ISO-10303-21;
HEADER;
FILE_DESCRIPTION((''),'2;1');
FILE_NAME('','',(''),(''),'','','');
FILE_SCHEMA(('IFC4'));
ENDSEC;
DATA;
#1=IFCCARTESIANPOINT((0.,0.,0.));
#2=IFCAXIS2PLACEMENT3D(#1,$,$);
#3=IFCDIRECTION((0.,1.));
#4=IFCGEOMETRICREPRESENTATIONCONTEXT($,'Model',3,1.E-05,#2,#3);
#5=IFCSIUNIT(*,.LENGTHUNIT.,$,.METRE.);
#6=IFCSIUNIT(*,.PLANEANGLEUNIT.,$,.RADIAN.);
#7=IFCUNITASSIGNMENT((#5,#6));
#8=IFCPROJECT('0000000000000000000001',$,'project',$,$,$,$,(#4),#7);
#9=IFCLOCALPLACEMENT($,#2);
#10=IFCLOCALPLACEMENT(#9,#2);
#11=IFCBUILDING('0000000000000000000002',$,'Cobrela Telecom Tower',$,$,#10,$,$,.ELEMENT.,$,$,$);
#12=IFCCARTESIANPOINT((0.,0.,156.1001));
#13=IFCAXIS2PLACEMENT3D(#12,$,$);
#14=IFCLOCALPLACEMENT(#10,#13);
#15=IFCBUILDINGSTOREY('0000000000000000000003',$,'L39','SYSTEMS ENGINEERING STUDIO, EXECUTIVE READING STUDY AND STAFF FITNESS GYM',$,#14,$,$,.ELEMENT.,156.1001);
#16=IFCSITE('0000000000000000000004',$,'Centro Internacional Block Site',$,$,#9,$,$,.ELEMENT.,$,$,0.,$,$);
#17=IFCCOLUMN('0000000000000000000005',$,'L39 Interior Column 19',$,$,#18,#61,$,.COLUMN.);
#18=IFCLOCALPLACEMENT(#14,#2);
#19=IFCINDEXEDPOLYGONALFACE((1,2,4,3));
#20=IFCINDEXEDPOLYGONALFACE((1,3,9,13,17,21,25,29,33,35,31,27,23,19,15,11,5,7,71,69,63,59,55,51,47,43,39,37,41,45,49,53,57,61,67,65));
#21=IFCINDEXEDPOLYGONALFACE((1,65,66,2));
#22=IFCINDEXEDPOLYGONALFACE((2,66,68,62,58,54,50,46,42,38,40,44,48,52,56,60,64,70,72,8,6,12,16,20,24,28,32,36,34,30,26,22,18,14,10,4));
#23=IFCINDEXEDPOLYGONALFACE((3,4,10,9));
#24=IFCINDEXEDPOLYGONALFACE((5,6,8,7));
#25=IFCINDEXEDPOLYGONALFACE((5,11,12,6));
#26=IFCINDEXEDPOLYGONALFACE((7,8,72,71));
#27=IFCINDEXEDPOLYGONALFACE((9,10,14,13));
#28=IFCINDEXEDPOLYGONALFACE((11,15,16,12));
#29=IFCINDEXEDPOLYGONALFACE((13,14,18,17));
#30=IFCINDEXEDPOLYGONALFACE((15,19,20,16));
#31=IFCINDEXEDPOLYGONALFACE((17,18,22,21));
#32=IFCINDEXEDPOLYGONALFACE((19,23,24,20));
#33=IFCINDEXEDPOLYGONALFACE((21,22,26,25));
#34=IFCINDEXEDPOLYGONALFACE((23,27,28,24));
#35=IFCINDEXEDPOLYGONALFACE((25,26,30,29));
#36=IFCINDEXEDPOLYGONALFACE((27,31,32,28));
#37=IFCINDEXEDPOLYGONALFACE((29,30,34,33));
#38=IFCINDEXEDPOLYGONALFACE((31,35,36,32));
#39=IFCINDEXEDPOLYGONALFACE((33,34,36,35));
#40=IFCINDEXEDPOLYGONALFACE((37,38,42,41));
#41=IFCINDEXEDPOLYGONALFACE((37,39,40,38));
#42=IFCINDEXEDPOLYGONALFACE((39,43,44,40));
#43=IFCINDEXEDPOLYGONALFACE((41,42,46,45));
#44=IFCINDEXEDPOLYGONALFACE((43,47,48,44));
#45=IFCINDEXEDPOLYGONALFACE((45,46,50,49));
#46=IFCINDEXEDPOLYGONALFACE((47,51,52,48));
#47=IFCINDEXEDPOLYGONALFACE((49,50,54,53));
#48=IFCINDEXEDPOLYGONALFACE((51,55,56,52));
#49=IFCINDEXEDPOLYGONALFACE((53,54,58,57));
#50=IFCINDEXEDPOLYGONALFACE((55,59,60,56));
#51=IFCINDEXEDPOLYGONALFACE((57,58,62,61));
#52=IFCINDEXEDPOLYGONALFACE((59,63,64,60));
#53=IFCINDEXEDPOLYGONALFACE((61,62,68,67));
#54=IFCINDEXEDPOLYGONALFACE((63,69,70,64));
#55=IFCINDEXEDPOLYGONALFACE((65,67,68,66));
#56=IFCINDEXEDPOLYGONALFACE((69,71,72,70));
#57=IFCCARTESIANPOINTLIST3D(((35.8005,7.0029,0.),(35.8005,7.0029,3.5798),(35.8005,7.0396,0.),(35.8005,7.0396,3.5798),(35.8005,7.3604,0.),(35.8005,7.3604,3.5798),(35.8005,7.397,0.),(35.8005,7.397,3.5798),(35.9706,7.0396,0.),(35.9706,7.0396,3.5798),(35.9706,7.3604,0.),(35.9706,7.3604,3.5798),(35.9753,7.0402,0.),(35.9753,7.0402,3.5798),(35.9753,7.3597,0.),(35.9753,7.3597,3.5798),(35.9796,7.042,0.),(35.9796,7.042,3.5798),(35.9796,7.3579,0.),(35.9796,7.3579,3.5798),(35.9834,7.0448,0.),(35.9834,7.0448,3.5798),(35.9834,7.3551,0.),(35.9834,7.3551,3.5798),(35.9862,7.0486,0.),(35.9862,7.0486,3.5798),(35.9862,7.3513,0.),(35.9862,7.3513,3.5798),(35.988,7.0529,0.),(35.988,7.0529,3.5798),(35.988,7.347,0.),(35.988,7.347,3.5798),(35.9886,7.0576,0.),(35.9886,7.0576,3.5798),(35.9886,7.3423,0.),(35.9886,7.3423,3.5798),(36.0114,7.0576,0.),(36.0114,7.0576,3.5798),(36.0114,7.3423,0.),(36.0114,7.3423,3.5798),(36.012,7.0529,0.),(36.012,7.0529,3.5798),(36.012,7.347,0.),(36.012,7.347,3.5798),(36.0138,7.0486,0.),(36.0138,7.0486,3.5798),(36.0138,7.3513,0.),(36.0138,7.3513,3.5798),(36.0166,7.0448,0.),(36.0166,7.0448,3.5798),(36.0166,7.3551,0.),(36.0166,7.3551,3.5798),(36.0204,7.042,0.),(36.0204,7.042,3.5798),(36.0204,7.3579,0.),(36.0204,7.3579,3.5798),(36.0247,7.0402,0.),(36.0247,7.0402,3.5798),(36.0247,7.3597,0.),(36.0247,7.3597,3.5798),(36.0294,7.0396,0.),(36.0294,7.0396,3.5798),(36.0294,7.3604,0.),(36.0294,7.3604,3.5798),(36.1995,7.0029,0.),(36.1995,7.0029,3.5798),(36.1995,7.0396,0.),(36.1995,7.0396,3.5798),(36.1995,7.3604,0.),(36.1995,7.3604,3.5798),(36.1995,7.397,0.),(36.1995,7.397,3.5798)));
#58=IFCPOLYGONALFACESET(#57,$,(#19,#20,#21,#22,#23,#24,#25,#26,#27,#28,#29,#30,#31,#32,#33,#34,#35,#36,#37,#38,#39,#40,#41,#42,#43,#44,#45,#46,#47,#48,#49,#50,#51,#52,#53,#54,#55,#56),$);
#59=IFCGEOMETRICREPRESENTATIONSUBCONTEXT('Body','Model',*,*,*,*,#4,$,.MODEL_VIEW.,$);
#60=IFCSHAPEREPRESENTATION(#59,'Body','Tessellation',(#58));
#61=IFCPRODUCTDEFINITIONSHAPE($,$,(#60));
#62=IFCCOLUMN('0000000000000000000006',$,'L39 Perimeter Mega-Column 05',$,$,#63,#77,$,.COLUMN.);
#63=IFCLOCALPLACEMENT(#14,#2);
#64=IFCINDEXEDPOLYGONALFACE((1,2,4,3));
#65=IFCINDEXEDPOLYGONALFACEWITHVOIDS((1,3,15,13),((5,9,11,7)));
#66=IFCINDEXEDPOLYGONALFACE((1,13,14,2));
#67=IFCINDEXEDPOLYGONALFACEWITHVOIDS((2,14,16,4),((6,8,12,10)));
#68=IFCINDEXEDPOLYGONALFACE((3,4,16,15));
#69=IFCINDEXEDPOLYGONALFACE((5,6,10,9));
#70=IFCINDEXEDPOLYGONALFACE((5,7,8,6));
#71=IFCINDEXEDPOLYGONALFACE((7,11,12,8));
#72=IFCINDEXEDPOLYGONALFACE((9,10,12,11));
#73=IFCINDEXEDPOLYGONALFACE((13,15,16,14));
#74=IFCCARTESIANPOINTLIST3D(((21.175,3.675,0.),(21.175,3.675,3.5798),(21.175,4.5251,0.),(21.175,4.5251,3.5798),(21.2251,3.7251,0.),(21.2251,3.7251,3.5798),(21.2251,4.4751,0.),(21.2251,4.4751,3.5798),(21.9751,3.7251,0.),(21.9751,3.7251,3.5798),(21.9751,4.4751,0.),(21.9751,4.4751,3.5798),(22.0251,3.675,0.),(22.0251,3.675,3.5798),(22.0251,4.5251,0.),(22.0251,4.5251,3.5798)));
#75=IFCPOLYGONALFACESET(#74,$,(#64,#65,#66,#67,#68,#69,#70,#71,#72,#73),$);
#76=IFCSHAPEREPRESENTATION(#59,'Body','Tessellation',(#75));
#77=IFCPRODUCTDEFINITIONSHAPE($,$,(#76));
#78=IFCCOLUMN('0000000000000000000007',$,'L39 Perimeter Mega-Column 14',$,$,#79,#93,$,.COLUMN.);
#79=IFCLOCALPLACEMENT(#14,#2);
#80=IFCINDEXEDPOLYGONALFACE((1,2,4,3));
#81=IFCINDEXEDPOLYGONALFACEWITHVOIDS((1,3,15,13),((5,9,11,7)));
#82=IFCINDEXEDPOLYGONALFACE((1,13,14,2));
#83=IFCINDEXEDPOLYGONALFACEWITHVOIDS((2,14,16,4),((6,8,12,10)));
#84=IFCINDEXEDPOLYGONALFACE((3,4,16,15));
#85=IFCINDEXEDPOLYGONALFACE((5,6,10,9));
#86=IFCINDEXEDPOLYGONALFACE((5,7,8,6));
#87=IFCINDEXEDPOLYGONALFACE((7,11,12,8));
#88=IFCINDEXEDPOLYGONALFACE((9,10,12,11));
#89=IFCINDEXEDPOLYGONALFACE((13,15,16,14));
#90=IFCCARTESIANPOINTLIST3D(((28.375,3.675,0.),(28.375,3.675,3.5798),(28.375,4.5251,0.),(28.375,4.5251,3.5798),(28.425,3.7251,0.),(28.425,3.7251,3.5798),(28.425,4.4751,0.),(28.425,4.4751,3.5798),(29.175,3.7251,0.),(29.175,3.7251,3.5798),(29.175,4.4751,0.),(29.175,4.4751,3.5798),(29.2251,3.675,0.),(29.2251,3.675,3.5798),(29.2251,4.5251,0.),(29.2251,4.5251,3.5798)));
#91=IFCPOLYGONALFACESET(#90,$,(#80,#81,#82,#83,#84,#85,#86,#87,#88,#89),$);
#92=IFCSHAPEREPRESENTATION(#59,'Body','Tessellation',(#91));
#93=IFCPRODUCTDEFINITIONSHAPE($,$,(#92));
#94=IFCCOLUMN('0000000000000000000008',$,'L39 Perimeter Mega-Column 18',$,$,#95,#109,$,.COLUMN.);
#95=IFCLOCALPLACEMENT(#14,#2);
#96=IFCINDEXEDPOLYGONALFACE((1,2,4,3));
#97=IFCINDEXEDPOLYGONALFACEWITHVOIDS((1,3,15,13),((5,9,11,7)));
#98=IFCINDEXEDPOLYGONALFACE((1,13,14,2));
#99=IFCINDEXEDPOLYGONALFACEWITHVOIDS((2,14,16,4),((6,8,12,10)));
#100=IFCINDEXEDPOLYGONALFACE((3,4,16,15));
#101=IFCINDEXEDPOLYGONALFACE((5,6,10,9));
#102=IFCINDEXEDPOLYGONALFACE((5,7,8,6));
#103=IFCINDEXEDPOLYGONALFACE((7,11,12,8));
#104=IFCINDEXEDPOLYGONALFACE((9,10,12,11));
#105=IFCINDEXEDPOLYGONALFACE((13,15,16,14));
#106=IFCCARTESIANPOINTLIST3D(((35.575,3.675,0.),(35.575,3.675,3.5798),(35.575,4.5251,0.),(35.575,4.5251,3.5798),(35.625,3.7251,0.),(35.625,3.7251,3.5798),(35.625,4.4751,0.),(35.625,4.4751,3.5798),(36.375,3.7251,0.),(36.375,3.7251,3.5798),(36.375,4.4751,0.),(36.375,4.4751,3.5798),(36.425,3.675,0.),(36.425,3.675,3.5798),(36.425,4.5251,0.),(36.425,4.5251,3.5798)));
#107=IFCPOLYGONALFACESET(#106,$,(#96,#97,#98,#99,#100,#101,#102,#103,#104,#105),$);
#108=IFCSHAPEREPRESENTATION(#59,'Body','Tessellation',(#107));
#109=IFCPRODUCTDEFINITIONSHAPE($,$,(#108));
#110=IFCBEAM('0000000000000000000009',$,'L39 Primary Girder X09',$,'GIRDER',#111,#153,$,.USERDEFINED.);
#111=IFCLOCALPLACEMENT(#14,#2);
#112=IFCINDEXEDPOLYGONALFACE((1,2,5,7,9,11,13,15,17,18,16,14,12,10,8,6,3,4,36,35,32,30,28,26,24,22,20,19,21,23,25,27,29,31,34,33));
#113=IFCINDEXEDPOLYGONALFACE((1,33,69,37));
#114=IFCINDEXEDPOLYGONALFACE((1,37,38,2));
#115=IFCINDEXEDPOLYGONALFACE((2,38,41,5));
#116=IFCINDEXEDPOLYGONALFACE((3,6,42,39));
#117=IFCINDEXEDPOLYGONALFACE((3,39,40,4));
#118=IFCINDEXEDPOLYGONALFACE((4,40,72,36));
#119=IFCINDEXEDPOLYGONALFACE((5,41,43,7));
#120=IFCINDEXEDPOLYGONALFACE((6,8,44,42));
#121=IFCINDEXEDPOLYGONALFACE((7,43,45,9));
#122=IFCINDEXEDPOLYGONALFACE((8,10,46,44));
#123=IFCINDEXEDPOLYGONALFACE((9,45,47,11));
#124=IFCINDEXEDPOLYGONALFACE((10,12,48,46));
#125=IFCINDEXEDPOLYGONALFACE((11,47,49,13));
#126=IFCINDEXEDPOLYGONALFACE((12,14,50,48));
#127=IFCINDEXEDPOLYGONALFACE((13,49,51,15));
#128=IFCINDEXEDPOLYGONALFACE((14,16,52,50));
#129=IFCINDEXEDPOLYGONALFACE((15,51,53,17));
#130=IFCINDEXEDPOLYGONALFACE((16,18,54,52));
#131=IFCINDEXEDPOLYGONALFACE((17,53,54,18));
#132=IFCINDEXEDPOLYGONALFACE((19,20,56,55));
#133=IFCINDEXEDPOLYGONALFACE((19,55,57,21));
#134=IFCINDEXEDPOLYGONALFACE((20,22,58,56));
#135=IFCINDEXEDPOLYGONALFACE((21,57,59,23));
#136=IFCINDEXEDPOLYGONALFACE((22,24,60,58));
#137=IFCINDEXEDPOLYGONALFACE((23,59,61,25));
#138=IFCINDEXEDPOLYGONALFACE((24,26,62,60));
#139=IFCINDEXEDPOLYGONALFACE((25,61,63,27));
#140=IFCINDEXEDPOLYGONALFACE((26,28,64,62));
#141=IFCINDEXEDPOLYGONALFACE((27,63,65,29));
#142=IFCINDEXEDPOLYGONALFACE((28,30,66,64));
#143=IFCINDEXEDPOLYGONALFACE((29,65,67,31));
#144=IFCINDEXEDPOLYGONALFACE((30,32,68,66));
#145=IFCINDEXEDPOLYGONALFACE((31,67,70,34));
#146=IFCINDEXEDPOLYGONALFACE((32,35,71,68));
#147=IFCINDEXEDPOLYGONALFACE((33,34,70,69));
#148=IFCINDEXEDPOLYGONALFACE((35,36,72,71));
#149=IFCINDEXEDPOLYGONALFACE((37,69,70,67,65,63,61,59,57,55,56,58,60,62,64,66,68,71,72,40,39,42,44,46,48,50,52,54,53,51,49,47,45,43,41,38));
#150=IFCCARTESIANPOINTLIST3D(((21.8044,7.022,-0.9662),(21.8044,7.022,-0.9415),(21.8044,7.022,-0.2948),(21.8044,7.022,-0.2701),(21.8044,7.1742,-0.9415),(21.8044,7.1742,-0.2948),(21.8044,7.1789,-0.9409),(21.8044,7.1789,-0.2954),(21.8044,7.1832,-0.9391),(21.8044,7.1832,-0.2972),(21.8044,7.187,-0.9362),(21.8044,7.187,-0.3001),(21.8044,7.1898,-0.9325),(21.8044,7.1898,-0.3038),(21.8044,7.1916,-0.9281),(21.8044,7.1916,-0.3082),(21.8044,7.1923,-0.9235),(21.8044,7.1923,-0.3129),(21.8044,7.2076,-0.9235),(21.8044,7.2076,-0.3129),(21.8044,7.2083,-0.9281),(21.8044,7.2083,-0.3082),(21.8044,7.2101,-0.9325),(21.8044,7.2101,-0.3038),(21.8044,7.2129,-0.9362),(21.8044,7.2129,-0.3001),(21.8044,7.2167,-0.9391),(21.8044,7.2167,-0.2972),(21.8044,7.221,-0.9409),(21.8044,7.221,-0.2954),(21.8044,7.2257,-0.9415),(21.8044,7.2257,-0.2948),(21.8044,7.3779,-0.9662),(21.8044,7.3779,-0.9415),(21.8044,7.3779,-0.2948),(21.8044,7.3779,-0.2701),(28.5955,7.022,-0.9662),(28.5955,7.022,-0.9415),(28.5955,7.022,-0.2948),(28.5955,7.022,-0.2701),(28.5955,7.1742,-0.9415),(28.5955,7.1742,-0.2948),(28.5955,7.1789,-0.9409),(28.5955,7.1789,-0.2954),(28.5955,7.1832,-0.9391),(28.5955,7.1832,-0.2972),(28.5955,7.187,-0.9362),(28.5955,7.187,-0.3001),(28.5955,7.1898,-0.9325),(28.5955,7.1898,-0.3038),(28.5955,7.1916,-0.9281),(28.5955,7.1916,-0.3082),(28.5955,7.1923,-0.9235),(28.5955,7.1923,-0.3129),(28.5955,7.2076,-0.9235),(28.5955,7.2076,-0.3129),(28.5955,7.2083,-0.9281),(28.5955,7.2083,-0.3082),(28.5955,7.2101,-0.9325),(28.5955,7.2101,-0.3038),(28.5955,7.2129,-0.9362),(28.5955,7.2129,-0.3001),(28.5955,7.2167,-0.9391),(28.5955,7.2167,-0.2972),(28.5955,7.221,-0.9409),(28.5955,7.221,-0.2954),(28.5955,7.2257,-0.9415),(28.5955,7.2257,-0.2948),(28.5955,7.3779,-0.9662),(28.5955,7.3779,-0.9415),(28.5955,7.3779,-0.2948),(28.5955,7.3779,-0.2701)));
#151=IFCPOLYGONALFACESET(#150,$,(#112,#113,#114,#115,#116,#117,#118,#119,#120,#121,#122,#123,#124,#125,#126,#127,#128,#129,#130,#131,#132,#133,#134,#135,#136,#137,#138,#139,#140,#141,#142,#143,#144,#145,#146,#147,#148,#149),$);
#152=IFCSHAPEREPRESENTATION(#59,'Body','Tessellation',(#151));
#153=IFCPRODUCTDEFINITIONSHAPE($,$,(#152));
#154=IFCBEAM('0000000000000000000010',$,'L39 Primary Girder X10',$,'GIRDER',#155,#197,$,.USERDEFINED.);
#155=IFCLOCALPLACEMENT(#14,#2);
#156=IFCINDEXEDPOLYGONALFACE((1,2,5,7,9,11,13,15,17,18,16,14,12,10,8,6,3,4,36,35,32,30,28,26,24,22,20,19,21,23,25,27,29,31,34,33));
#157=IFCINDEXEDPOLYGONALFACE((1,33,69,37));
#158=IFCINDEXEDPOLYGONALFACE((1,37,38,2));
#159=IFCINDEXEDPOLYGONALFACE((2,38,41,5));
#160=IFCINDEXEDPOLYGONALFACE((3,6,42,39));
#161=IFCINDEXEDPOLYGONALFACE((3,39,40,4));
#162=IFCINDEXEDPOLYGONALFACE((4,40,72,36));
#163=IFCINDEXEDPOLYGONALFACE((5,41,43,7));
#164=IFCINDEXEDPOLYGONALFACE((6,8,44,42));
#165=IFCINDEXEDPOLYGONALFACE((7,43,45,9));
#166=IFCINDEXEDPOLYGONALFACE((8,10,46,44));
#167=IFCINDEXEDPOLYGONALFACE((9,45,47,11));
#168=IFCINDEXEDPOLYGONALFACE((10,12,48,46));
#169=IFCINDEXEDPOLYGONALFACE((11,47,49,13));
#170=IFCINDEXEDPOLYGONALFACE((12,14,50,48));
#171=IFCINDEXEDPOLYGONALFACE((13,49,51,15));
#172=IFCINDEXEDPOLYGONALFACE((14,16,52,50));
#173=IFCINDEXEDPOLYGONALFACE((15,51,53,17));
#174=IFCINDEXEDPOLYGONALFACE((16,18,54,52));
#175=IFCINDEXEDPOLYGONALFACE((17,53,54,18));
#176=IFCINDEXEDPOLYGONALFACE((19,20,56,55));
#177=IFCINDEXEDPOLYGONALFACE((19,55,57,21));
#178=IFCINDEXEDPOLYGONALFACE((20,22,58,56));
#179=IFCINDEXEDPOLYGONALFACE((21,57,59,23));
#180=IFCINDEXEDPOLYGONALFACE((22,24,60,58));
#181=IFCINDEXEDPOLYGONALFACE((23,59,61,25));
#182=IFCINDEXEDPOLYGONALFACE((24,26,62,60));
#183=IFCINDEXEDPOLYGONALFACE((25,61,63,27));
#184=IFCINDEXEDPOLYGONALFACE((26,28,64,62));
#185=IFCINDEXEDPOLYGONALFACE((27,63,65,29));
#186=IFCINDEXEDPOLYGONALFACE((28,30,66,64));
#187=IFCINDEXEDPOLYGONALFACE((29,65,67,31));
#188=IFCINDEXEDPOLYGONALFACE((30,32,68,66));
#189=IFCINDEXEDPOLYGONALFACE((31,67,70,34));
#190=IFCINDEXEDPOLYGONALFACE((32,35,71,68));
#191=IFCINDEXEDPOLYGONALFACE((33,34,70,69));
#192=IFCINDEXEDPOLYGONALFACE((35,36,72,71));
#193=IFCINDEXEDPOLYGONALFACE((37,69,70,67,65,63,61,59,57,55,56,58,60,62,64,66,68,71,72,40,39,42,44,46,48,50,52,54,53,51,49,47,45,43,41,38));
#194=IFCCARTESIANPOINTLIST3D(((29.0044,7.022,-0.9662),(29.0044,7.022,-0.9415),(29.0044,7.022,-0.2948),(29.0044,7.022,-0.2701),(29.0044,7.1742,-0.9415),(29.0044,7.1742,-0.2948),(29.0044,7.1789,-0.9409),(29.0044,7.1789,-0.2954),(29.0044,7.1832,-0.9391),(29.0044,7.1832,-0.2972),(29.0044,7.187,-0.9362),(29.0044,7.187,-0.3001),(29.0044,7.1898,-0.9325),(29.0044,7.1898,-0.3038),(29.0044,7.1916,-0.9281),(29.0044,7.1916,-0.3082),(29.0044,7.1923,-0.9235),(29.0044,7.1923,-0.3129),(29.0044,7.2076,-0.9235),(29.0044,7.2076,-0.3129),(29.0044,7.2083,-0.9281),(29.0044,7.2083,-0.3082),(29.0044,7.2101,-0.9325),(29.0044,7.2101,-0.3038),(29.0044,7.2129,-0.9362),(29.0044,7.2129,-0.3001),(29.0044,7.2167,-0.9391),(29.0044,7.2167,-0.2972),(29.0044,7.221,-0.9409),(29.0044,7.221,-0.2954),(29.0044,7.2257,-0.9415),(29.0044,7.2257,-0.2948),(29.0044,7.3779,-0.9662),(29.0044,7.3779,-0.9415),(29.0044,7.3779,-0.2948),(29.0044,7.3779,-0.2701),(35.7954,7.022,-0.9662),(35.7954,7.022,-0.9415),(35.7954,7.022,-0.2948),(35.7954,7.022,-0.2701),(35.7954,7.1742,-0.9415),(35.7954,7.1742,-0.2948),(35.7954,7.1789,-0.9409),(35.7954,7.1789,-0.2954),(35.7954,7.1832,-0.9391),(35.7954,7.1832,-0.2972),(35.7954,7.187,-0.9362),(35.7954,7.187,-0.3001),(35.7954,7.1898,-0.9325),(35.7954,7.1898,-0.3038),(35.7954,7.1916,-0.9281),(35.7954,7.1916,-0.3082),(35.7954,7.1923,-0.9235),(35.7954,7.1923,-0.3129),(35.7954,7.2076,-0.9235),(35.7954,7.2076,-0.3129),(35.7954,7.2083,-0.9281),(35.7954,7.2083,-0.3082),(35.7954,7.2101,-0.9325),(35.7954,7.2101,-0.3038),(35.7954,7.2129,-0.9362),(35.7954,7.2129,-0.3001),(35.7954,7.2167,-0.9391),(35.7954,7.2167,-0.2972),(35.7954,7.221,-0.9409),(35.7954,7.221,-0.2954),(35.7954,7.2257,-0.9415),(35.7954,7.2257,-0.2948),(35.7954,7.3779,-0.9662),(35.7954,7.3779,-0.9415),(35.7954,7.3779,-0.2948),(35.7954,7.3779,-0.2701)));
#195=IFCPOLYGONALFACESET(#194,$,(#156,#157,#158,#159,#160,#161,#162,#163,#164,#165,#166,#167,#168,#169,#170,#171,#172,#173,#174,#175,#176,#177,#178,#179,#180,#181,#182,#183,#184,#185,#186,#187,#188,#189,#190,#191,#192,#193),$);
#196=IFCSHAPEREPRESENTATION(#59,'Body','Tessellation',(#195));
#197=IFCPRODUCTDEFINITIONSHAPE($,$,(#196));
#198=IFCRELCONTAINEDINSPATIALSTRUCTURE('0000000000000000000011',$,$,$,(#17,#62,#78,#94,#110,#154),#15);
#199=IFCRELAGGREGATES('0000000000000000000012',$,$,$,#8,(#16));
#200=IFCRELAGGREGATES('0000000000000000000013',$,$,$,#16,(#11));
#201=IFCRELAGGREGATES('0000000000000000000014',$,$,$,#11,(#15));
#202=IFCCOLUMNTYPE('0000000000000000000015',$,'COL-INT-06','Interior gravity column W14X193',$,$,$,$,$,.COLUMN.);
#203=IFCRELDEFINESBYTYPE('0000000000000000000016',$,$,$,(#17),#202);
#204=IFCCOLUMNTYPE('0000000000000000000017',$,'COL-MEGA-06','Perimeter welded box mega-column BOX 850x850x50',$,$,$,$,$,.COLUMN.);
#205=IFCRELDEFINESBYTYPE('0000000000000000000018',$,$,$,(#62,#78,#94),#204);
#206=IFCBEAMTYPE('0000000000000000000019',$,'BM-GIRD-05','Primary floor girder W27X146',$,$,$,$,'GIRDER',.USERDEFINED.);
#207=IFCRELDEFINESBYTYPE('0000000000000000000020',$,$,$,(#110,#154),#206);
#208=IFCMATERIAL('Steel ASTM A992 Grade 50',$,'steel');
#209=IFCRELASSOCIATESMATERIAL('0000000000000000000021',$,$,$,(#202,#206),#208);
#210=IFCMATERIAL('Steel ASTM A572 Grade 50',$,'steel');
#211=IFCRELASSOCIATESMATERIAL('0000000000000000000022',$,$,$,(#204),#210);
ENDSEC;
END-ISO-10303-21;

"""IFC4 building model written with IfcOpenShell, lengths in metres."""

from ifc_helpers import new_model, si_unit, direction, frame, origin, origin_2d, place, context, subcontext, project, spatial, hollow_rectangle, i_section, extrude, material, material_profile, profile_set, type_object, element, save


model = new_model("IFC4")

# Units and contexts
model_context = context("Model", 3, precision=1e-05, world=origin(), true_north=direction((0.0, 1.0)))
body_context = subcontext(model_context, "Body", "Model", "MODEL_VIEW")
ifc_project = project(units=[si_unit("LENGTHUNIT", "METRE"), si_unit("PLANEANGLEUNIT", "RADIAN")], contexts=[model_context])

# Site, building, storey
site_placement = place(None, origin())
site = spatial("IfcSite", under=ifc_project, at=site_placement, Name="Centro Internacional Block Site", CompositionType="ELEMENT", RefElevation=0.0)
building_placement = place(site_placement, origin())
building = spatial("IfcBuilding", under=site, at=building_placement, Name="Cobrela Telecom Tower", CompositionType="ELEMENT")
storey_placement = place(building_placement, frame((0.0, 0.0, 156.1001)))
storey = spatial("IfcBuildingStorey", under=building, at=storey_placement, Name="L39", Description="SYSTEMS ENGINEERING STUDIO, EXECUTIVE READING STUDY AND STAFF FITNESS GYM", CompositionType="ELEMENT", Elevation=156.1001)

# Columns
ifc_material_1 = material(Name="Steel ASTM A992 Grade 50", Category="steel")
ifc_material_profile_1 = material_profile(ifc_material_1, i_section(OverallWidth=0.3989, OverallDepth=0.394, WebThickness=0.0227, FlangeThickness=0.0366, FilletRadius=0.0181, at=origin_2d()), Name="W14X193")
ifc_profile_set_1 = profile_set([ifc_material_profile_1], Name="Steel ASTM A992 Grade 50")
column_type_1 = type_object("IfcColumnType", Name="COL-INT-06", Description="Interior gravity column W14X193", PredefinedType="COLUMN", material=ifc_profile_set_1)
for number, where, z_axis, x_axis, name in (
    (1, (36.0, 7.2, 0.0), (0.0, 0.0, 1.0), (1.0, 0.0, 0.0), "L39 Interior Column 19"),
):
    element("IfcColumn", number, at=place(storey_placement, frame(where, z_axis=z_axis, x_axis=x_axis)), inside=storey, type_object=column_type_1, Name=name, PredefinedType="COLUMN", context=body_context, shape_type="SweptSolid", body=[
        extrude(i_section(OverallWidth=0.3989, OverallDepth=0.394, WebThickness=0.0227, FlangeThickness=0.0366, FilletRadius=0.0181, at=origin_2d()), origin(), (0.0, 0.0, 1.0), 3.5798),
    ])
ifc_material_2 = material(Name="Steel ASTM A572 Grade 50", Category="steel")
ifc_material_profile_2 = material_profile(ifc_material_2, hollow_rectangle(XDim=0.8501, YDim=0.8501, WallThickness=0.05, at=origin_2d()), Name="BOX 850x850x50")
ifc_profile_set_2 = profile_set([ifc_material_profile_2], Name="Steel ASTM A572 Grade 50")
column_type_2 = type_object("IfcColumnType", Name="COL-MEGA-06", Description="Perimeter welded box mega-column BOX 850x850x50", PredefinedType="COLUMN", material=ifc_profile_set_2)
for number, where, z_axis, x_axis, name in (
    (2, (21.6001, 4.1001, 0.0), (0.0, 0.0, 1.0), (1.0, 0.0, 0.0), "L39 Perimeter Mega-Column 05"),
    (3, (28.8, 4.1001, 0.0), (0.0, 0.0, 1.0), (1.0, 0.0, 0.0), "L39 Perimeter Mega-Column 14"),
    (4, (36.0, 4.1001, 0.0), (0.0, 0.0, 1.0), (1.0, 0.0, 0.0), "L39 Perimeter Mega-Column 18"),
):
    element("IfcColumn", number, at=place(storey_placement, frame(where, z_axis=z_axis, x_axis=x_axis)), inside=storey, type_object=column_type_2, Name=name, PredefinedType="COLUMN", context=body_context, shape_type="SweptSolid", body=[
        extrude(hollow_rectangle(XDim=0.8501, YDim=0.8501, WallThickness=0.05, at=origin_2d()), origin(), (0.0, 0.0, 1.0), 3.5798),
    ])

# Beams
ifc_material_profile_3 = material_profile(ifc_material_1, i_section(OverallWidth=0.356, OverallDepth=0.696, WebThickness=0.0154, FlangeThickness=0.0247, FilletRadius=0.0181, at=origin_2d()), Name="W27X146")
ifc_profile_set_3 = profile_set([ifc_material_profile_3], Name="Steel ASTM A992 Grade 50")
beam_type_1 = type_object("IfcBeamType", Name="BM-GIRD-05", Description="Primary floor girder W27X146", ElementType="GIRDER", PredefinedType="USERDEFINED", material=ifc_profile_set_3)
for number, where, z_axis, x_axis, name in (
    (5, (21.8044, 7.2, -0.6182), (1.0, 0.0, 0.0), (0.0, 1.0, 0.0), "L39 Primary Girder X09"),
    (6, (29.0044, 7.2, -0.6182), (1.0, 0.0, 0.0), (0.0, 1.0, 0.0), "L39 Primary Girder X10"),
):
    element("IfcBeam", number, at=place(storey_placement, frame(where, z_axis=z_axis, x_axis=x_axis)), inside=storey, type_object=beam_type_1, Name=name, ObjectType="GIRDER", PredefinedType="USERDEFINED", context=body_context, shape_type="SweptSolid", body=[
        extrude(i_section(OverallWidth=0.356, OverallDepth=0.696, WebThickness=0.0154, FlangeThickness=0.0247, FilletRadius=0.0181, at=origin_2d()), origin(), (0.0, 0.0, 1.0), 6.791),
    ])

save(model, "model.ifc")
